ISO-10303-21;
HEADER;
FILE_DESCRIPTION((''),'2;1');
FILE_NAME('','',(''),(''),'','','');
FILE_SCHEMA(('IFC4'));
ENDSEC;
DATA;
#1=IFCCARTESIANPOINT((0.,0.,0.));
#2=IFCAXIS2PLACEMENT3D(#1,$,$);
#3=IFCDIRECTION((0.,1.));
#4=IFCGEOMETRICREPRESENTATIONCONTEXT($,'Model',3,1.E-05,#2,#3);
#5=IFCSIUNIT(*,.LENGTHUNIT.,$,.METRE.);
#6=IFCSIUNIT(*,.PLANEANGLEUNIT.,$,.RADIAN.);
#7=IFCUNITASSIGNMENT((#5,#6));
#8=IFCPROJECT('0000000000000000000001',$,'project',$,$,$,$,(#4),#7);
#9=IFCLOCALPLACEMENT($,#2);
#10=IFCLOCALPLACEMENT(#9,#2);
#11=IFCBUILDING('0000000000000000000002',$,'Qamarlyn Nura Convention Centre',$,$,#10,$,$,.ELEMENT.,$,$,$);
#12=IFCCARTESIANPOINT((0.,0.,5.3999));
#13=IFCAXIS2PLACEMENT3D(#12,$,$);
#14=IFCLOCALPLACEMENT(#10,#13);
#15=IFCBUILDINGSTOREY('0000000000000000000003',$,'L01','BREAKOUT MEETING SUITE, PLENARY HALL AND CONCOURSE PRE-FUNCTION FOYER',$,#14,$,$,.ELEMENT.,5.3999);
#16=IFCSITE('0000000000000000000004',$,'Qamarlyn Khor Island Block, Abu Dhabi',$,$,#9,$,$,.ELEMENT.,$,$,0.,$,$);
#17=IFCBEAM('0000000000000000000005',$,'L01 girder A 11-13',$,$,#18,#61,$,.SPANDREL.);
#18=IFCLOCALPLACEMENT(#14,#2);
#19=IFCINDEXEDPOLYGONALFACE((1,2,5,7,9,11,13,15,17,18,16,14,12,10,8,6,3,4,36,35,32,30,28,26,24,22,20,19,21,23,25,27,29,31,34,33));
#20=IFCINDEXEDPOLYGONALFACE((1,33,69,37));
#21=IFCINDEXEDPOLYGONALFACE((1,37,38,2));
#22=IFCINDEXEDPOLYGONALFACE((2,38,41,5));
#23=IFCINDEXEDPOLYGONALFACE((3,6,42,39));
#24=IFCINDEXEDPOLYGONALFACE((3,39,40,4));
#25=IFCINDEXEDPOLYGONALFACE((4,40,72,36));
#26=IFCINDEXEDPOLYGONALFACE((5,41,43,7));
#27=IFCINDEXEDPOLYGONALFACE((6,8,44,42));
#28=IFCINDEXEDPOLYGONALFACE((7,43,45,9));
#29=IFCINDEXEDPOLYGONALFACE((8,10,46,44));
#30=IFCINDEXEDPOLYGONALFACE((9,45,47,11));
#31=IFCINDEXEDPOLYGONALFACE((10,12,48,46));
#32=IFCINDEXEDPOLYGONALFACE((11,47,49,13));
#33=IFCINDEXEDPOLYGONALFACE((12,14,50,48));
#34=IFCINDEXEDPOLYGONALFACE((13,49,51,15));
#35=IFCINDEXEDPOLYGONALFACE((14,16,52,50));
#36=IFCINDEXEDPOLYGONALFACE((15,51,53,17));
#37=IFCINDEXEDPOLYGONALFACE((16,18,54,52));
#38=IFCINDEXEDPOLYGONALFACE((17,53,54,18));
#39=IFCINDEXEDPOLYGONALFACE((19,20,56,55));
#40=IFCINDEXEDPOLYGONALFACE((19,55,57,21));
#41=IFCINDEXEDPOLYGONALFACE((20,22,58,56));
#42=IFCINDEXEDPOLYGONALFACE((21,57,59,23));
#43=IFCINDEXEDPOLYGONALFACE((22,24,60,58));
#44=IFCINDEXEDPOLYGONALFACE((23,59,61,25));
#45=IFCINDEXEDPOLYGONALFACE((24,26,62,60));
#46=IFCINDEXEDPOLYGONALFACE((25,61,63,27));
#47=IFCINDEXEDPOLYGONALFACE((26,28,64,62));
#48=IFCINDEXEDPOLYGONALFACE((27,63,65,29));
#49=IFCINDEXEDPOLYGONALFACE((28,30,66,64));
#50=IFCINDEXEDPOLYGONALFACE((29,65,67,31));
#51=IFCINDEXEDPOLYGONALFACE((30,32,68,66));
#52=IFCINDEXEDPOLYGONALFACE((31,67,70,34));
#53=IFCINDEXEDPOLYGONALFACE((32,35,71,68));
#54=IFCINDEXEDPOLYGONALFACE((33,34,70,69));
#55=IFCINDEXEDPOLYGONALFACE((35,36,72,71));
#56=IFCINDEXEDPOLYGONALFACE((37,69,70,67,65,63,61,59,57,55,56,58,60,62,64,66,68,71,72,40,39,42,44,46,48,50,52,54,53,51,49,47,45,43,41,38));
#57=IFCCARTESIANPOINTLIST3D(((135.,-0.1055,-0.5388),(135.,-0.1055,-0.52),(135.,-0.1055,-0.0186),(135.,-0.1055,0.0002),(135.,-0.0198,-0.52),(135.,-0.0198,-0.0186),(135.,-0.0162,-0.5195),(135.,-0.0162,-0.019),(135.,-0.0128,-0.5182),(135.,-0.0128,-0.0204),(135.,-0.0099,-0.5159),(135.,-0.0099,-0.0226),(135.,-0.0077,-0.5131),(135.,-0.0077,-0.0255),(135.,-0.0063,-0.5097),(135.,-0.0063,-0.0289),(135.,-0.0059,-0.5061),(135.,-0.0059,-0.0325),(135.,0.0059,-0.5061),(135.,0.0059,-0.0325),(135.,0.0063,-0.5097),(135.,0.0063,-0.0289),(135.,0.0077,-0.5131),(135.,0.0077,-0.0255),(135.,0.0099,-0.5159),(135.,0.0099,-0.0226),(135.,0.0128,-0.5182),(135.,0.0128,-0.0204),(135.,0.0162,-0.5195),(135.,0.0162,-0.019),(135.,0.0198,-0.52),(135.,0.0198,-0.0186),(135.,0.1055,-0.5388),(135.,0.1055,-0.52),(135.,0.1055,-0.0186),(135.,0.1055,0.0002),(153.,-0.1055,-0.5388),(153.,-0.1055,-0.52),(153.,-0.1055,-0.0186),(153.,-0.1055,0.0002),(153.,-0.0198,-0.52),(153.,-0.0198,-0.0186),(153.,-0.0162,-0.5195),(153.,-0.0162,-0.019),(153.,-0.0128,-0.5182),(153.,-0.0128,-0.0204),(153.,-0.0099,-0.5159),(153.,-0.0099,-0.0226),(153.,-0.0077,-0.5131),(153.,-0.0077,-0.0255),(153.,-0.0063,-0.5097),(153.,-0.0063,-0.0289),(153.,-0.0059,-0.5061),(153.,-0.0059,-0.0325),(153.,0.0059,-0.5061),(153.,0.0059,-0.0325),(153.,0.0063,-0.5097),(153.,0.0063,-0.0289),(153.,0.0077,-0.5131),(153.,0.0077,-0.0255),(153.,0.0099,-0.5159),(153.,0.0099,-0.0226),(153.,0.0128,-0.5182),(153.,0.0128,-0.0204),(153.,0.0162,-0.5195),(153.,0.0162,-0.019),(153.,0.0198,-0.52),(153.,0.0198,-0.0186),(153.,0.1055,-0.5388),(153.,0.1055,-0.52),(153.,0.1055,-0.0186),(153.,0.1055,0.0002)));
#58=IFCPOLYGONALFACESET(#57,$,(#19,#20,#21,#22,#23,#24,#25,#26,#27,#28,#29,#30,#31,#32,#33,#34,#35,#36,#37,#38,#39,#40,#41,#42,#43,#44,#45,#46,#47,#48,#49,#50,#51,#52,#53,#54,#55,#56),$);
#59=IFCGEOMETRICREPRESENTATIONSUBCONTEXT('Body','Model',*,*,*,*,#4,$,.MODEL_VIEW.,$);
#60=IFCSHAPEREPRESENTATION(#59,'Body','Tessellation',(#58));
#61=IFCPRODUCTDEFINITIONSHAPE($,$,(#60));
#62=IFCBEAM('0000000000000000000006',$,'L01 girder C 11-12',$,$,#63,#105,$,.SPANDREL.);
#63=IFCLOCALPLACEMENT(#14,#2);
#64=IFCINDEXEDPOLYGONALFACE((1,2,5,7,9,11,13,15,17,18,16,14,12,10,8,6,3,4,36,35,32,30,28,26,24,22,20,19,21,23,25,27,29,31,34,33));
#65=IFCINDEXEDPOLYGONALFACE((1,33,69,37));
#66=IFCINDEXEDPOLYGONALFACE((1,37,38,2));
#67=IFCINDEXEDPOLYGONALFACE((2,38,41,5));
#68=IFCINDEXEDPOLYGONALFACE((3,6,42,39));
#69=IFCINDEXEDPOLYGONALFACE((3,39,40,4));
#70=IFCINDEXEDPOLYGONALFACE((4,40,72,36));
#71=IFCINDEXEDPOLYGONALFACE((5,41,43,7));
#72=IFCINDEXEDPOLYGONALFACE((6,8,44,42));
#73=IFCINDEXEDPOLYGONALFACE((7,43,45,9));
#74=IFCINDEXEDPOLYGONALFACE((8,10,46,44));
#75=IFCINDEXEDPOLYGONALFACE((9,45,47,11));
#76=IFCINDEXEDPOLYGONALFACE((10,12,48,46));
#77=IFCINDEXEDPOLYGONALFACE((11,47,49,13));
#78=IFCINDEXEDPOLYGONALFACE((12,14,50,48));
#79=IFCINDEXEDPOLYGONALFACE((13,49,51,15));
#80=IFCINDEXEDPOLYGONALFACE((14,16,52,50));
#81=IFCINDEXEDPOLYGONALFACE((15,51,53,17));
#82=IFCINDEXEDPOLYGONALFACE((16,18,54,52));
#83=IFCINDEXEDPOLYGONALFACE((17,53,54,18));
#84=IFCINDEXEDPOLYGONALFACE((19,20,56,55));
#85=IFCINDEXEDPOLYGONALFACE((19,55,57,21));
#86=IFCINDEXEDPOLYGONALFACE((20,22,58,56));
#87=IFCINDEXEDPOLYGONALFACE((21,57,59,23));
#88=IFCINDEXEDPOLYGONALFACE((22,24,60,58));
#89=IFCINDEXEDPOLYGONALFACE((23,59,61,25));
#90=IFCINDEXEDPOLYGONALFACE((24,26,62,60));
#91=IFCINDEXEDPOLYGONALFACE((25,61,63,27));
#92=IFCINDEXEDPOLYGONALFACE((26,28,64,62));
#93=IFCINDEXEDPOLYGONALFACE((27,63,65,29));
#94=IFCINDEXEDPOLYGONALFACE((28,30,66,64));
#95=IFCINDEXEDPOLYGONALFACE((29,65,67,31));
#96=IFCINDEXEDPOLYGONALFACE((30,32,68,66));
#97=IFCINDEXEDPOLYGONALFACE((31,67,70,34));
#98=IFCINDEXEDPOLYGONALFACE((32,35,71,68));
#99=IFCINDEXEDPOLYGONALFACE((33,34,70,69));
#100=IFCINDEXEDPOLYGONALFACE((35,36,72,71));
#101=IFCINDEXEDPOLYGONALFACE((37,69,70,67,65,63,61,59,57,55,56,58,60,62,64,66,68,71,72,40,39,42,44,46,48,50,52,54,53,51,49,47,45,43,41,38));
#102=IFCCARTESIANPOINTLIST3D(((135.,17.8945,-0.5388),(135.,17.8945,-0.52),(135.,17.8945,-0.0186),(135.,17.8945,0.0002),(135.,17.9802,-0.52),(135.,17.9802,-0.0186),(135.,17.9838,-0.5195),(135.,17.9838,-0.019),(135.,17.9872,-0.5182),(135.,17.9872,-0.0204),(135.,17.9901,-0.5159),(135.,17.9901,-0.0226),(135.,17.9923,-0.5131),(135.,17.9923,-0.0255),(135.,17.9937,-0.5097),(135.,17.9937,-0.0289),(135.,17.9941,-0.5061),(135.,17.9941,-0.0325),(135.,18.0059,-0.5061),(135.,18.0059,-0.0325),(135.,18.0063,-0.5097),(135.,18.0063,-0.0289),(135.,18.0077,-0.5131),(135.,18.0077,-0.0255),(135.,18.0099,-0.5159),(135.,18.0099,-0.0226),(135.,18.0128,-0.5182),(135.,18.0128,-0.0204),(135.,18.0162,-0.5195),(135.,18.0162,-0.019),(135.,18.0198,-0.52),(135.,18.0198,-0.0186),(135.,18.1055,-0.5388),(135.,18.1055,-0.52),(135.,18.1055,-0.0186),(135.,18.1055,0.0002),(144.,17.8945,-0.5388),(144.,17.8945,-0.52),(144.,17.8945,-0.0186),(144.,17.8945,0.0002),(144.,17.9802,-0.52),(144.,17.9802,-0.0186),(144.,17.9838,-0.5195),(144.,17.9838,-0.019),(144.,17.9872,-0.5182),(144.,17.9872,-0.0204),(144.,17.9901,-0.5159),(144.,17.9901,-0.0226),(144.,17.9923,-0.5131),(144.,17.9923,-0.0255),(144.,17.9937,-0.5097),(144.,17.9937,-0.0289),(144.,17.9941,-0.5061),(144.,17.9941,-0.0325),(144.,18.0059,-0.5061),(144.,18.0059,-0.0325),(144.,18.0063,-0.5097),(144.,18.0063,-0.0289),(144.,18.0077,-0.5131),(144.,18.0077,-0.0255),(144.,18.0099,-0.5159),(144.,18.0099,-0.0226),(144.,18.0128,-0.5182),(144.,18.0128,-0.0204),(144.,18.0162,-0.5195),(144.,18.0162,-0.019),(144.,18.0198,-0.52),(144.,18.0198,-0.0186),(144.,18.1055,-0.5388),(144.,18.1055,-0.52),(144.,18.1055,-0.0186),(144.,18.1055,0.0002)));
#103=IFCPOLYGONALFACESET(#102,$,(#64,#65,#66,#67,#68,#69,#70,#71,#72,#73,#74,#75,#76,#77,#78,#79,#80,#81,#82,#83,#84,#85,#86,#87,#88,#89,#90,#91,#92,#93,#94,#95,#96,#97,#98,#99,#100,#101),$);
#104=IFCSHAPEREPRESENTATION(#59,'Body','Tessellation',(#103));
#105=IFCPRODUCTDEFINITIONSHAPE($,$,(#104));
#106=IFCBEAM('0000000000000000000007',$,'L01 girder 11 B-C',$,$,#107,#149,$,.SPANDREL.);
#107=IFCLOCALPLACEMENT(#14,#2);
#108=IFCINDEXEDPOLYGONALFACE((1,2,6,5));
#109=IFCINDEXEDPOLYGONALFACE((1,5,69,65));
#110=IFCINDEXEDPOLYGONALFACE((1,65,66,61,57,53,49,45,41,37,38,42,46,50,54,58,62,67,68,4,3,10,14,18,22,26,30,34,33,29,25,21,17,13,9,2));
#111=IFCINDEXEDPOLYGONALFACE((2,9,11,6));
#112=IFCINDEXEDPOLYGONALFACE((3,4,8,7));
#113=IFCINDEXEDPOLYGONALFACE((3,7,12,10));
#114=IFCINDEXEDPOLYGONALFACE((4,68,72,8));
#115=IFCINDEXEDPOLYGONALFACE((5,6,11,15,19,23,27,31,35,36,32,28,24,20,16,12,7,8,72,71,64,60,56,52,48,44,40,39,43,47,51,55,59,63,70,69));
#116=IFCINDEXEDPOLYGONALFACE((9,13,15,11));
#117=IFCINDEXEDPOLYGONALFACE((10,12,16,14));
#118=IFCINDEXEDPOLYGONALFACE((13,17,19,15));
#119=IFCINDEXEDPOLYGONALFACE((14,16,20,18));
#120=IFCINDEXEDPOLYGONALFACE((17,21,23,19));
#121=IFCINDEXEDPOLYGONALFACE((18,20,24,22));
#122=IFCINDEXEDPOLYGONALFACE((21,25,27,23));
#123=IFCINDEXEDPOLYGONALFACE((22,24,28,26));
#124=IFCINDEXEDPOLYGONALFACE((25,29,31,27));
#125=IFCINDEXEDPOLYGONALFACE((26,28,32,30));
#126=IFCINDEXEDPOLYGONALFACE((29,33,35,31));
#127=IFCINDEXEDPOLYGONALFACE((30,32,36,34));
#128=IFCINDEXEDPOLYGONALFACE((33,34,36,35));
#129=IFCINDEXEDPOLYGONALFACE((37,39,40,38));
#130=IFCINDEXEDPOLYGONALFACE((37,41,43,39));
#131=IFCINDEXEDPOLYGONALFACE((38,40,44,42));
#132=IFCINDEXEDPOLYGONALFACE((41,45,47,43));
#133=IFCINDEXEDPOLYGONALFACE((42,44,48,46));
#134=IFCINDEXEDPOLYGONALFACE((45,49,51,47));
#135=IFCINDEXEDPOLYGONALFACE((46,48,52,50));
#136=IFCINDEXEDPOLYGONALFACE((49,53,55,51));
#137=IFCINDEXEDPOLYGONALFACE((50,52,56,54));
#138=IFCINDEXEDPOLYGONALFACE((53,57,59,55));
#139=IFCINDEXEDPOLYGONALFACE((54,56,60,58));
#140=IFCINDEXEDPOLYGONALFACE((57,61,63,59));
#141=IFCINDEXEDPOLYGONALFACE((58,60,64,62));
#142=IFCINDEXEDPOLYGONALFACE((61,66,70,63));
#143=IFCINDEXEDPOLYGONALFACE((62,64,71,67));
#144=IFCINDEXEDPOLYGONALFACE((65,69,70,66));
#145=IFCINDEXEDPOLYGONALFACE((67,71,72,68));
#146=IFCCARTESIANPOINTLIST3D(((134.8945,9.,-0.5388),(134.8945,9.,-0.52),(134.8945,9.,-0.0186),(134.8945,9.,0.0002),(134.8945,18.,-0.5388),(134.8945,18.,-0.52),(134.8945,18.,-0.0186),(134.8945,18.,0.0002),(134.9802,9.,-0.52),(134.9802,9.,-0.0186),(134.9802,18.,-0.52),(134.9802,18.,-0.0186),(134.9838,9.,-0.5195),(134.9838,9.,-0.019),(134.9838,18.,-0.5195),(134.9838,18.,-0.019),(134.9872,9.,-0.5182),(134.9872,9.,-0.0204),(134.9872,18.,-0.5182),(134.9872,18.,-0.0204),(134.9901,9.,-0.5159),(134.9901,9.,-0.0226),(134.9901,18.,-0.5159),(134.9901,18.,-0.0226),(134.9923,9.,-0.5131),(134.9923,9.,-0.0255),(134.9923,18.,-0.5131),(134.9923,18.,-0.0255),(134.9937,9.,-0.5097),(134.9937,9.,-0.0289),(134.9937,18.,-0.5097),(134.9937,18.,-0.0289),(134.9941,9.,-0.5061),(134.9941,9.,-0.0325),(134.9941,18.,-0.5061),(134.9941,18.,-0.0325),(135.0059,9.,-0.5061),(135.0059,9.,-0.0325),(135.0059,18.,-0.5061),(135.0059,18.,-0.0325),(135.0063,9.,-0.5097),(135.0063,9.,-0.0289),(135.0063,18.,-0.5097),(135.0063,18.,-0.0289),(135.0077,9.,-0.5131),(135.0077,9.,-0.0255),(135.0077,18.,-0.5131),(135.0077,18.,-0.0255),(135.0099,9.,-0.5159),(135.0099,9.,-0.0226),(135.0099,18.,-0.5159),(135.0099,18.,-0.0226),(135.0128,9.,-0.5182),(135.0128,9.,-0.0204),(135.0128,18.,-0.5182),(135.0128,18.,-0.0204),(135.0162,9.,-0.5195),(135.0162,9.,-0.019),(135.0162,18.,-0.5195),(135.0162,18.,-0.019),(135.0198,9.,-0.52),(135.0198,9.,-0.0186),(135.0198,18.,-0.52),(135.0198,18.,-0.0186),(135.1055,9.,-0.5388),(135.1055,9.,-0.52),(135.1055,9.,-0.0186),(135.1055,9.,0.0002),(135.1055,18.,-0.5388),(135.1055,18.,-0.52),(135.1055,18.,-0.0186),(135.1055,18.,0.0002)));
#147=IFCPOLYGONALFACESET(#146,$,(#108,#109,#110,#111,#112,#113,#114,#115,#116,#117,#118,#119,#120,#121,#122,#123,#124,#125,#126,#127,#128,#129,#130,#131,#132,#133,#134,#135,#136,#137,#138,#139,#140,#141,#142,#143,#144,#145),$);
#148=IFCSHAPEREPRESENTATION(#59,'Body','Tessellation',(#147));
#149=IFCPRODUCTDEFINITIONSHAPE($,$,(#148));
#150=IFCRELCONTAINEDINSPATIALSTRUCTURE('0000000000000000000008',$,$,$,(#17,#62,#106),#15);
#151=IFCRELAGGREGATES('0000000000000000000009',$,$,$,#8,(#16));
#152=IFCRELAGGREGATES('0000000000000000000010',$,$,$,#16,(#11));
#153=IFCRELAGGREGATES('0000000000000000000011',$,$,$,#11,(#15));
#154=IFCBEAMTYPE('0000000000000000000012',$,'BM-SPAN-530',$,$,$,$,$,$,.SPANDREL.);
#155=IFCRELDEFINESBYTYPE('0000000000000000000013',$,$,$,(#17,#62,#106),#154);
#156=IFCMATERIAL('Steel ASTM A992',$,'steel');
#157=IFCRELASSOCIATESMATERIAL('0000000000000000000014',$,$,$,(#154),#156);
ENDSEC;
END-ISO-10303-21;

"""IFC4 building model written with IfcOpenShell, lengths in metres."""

from ifc_helpers import new_model, si_unit, direction, frame, origin, origin_2d, place, context, subcontext, project, spatial, i_section, extrude, material, material_profile, profile_set, type_object, element, save


model = new_model("IFC4")

# Units and contexts
model_context = context("Model", 3, precision=1e-05, world=origin(), true_north=direction((0.0, 1.0)))
body_context = subcontext(model_context, "Body", "Model", "MODEL_VIEW")
ifc_project = project(units=[si_unit("LENGTHUNIT", "METRE"), si_unit("PLANEANGLEUNIT", "RADIAN")], contexts=[model_context])

# Site, building, storey
site_placement = place(None, origin())
site = spatial("IfcSite", under=ifc_project, at=site_placement, Name="Qamarlyn Khor Island Block, Abu Dhabi", CompositionType="ELEMENT", RefElevation=0.0)
building_placement = place(site_placement, origin())
building = spatial("IfcBuilding", under=site, at=building_placement, Name="Qamarlyn Nura Convention Centre", CompositionType="ELEMENT")
storey_placement = place(building_placement, frame((0.0, 0.0, 5.3999)))
storey = spatial("IfcBuildingStorey", under=building, at=storey_placement, Name="L01", Description="BREAKOUT MEETING SUITE, PLENARY HALL AND CONCOURSE PRE-FUNCTION FOYER", CompositionType="ELEMENT", Elevation=5.3999)

# Shared definitions
ifc_material_1 = material(Name="Steel ASTM A992", Category="steel")

# Beams
ifc_material_profile_1 = material_profile(ifc_material_1, i_section(OverallWidth=0.2109, OverallDepth=0.5391, WebThickness=0.0117, FlangeThickness=0.0188, FilletRadius=0.0139, at=origin_2d()), Name="W530X109")
ifc_profile_set_1 = profile_set([ifc_material_profile_1], Name="Steel ASTM A992")
beam_type_1 = type_object("IfcBeamType", Name="BM-SPAN-530", PredefinedType="SPANDREL", material=ifc_profile_set_1)
beam_1_placement = place(storey_placement, frame((135.0, 0.0, -0.2693), z_axis=(1.0, 0.0, 0.0), x_axis=(0.0, 1.0, 0.0)))
element("IfcBeam", 1, at=beam_1_placement, inside=storey, type_object=beam_type_1, Name="L01 girder A 11-13", PredefinedType="SPANDREL", context=body_context, shape_type="SweptSolid", body=[
    extrude(i_section(OverallWidth=0.2109, OverallDepth=0.5391, WebThickness=0.0117, FlangeThickness=0.0188, FilletRadius=0.0139, at=origin_2d()), origin(), (0.0, 0.0, 1.0), 18.0),
])
for number, where, z_axis, x_axis, name in (
    (2, (135.0, 18.0, -0.2693), (1.0, 0.0, 0.0), (0.0, 1.0, 0.0), "L01 girder C 11-12"),
    (3, (135.0, 9.0, -0.2693), (0.0, 1.0, 0.0), (-1.0, 0.0, 0.0), "L01 girder 11 B-C"),
):
    element("IfcBeam", number, at=place(storey_placement, frame(where, z_axis=z_axis, x_axis=x_axis)), inside=storey, type_object=beam_type_1, Name=name, PredefinedType="SPANDREL", context=body_context, shape_type="SweptSolid", body=[
        extrude(i_section(OverallWidth=0.2109, OverallDepth=0.5391, WebThickness=0.0117, FlangeThickness=0.0188, FilletRadius=0.0139, at=origin_2d()), origin(), (0.0, 0.0, 1.0), 9.0),
    ])

save(model, "model.ifc")
